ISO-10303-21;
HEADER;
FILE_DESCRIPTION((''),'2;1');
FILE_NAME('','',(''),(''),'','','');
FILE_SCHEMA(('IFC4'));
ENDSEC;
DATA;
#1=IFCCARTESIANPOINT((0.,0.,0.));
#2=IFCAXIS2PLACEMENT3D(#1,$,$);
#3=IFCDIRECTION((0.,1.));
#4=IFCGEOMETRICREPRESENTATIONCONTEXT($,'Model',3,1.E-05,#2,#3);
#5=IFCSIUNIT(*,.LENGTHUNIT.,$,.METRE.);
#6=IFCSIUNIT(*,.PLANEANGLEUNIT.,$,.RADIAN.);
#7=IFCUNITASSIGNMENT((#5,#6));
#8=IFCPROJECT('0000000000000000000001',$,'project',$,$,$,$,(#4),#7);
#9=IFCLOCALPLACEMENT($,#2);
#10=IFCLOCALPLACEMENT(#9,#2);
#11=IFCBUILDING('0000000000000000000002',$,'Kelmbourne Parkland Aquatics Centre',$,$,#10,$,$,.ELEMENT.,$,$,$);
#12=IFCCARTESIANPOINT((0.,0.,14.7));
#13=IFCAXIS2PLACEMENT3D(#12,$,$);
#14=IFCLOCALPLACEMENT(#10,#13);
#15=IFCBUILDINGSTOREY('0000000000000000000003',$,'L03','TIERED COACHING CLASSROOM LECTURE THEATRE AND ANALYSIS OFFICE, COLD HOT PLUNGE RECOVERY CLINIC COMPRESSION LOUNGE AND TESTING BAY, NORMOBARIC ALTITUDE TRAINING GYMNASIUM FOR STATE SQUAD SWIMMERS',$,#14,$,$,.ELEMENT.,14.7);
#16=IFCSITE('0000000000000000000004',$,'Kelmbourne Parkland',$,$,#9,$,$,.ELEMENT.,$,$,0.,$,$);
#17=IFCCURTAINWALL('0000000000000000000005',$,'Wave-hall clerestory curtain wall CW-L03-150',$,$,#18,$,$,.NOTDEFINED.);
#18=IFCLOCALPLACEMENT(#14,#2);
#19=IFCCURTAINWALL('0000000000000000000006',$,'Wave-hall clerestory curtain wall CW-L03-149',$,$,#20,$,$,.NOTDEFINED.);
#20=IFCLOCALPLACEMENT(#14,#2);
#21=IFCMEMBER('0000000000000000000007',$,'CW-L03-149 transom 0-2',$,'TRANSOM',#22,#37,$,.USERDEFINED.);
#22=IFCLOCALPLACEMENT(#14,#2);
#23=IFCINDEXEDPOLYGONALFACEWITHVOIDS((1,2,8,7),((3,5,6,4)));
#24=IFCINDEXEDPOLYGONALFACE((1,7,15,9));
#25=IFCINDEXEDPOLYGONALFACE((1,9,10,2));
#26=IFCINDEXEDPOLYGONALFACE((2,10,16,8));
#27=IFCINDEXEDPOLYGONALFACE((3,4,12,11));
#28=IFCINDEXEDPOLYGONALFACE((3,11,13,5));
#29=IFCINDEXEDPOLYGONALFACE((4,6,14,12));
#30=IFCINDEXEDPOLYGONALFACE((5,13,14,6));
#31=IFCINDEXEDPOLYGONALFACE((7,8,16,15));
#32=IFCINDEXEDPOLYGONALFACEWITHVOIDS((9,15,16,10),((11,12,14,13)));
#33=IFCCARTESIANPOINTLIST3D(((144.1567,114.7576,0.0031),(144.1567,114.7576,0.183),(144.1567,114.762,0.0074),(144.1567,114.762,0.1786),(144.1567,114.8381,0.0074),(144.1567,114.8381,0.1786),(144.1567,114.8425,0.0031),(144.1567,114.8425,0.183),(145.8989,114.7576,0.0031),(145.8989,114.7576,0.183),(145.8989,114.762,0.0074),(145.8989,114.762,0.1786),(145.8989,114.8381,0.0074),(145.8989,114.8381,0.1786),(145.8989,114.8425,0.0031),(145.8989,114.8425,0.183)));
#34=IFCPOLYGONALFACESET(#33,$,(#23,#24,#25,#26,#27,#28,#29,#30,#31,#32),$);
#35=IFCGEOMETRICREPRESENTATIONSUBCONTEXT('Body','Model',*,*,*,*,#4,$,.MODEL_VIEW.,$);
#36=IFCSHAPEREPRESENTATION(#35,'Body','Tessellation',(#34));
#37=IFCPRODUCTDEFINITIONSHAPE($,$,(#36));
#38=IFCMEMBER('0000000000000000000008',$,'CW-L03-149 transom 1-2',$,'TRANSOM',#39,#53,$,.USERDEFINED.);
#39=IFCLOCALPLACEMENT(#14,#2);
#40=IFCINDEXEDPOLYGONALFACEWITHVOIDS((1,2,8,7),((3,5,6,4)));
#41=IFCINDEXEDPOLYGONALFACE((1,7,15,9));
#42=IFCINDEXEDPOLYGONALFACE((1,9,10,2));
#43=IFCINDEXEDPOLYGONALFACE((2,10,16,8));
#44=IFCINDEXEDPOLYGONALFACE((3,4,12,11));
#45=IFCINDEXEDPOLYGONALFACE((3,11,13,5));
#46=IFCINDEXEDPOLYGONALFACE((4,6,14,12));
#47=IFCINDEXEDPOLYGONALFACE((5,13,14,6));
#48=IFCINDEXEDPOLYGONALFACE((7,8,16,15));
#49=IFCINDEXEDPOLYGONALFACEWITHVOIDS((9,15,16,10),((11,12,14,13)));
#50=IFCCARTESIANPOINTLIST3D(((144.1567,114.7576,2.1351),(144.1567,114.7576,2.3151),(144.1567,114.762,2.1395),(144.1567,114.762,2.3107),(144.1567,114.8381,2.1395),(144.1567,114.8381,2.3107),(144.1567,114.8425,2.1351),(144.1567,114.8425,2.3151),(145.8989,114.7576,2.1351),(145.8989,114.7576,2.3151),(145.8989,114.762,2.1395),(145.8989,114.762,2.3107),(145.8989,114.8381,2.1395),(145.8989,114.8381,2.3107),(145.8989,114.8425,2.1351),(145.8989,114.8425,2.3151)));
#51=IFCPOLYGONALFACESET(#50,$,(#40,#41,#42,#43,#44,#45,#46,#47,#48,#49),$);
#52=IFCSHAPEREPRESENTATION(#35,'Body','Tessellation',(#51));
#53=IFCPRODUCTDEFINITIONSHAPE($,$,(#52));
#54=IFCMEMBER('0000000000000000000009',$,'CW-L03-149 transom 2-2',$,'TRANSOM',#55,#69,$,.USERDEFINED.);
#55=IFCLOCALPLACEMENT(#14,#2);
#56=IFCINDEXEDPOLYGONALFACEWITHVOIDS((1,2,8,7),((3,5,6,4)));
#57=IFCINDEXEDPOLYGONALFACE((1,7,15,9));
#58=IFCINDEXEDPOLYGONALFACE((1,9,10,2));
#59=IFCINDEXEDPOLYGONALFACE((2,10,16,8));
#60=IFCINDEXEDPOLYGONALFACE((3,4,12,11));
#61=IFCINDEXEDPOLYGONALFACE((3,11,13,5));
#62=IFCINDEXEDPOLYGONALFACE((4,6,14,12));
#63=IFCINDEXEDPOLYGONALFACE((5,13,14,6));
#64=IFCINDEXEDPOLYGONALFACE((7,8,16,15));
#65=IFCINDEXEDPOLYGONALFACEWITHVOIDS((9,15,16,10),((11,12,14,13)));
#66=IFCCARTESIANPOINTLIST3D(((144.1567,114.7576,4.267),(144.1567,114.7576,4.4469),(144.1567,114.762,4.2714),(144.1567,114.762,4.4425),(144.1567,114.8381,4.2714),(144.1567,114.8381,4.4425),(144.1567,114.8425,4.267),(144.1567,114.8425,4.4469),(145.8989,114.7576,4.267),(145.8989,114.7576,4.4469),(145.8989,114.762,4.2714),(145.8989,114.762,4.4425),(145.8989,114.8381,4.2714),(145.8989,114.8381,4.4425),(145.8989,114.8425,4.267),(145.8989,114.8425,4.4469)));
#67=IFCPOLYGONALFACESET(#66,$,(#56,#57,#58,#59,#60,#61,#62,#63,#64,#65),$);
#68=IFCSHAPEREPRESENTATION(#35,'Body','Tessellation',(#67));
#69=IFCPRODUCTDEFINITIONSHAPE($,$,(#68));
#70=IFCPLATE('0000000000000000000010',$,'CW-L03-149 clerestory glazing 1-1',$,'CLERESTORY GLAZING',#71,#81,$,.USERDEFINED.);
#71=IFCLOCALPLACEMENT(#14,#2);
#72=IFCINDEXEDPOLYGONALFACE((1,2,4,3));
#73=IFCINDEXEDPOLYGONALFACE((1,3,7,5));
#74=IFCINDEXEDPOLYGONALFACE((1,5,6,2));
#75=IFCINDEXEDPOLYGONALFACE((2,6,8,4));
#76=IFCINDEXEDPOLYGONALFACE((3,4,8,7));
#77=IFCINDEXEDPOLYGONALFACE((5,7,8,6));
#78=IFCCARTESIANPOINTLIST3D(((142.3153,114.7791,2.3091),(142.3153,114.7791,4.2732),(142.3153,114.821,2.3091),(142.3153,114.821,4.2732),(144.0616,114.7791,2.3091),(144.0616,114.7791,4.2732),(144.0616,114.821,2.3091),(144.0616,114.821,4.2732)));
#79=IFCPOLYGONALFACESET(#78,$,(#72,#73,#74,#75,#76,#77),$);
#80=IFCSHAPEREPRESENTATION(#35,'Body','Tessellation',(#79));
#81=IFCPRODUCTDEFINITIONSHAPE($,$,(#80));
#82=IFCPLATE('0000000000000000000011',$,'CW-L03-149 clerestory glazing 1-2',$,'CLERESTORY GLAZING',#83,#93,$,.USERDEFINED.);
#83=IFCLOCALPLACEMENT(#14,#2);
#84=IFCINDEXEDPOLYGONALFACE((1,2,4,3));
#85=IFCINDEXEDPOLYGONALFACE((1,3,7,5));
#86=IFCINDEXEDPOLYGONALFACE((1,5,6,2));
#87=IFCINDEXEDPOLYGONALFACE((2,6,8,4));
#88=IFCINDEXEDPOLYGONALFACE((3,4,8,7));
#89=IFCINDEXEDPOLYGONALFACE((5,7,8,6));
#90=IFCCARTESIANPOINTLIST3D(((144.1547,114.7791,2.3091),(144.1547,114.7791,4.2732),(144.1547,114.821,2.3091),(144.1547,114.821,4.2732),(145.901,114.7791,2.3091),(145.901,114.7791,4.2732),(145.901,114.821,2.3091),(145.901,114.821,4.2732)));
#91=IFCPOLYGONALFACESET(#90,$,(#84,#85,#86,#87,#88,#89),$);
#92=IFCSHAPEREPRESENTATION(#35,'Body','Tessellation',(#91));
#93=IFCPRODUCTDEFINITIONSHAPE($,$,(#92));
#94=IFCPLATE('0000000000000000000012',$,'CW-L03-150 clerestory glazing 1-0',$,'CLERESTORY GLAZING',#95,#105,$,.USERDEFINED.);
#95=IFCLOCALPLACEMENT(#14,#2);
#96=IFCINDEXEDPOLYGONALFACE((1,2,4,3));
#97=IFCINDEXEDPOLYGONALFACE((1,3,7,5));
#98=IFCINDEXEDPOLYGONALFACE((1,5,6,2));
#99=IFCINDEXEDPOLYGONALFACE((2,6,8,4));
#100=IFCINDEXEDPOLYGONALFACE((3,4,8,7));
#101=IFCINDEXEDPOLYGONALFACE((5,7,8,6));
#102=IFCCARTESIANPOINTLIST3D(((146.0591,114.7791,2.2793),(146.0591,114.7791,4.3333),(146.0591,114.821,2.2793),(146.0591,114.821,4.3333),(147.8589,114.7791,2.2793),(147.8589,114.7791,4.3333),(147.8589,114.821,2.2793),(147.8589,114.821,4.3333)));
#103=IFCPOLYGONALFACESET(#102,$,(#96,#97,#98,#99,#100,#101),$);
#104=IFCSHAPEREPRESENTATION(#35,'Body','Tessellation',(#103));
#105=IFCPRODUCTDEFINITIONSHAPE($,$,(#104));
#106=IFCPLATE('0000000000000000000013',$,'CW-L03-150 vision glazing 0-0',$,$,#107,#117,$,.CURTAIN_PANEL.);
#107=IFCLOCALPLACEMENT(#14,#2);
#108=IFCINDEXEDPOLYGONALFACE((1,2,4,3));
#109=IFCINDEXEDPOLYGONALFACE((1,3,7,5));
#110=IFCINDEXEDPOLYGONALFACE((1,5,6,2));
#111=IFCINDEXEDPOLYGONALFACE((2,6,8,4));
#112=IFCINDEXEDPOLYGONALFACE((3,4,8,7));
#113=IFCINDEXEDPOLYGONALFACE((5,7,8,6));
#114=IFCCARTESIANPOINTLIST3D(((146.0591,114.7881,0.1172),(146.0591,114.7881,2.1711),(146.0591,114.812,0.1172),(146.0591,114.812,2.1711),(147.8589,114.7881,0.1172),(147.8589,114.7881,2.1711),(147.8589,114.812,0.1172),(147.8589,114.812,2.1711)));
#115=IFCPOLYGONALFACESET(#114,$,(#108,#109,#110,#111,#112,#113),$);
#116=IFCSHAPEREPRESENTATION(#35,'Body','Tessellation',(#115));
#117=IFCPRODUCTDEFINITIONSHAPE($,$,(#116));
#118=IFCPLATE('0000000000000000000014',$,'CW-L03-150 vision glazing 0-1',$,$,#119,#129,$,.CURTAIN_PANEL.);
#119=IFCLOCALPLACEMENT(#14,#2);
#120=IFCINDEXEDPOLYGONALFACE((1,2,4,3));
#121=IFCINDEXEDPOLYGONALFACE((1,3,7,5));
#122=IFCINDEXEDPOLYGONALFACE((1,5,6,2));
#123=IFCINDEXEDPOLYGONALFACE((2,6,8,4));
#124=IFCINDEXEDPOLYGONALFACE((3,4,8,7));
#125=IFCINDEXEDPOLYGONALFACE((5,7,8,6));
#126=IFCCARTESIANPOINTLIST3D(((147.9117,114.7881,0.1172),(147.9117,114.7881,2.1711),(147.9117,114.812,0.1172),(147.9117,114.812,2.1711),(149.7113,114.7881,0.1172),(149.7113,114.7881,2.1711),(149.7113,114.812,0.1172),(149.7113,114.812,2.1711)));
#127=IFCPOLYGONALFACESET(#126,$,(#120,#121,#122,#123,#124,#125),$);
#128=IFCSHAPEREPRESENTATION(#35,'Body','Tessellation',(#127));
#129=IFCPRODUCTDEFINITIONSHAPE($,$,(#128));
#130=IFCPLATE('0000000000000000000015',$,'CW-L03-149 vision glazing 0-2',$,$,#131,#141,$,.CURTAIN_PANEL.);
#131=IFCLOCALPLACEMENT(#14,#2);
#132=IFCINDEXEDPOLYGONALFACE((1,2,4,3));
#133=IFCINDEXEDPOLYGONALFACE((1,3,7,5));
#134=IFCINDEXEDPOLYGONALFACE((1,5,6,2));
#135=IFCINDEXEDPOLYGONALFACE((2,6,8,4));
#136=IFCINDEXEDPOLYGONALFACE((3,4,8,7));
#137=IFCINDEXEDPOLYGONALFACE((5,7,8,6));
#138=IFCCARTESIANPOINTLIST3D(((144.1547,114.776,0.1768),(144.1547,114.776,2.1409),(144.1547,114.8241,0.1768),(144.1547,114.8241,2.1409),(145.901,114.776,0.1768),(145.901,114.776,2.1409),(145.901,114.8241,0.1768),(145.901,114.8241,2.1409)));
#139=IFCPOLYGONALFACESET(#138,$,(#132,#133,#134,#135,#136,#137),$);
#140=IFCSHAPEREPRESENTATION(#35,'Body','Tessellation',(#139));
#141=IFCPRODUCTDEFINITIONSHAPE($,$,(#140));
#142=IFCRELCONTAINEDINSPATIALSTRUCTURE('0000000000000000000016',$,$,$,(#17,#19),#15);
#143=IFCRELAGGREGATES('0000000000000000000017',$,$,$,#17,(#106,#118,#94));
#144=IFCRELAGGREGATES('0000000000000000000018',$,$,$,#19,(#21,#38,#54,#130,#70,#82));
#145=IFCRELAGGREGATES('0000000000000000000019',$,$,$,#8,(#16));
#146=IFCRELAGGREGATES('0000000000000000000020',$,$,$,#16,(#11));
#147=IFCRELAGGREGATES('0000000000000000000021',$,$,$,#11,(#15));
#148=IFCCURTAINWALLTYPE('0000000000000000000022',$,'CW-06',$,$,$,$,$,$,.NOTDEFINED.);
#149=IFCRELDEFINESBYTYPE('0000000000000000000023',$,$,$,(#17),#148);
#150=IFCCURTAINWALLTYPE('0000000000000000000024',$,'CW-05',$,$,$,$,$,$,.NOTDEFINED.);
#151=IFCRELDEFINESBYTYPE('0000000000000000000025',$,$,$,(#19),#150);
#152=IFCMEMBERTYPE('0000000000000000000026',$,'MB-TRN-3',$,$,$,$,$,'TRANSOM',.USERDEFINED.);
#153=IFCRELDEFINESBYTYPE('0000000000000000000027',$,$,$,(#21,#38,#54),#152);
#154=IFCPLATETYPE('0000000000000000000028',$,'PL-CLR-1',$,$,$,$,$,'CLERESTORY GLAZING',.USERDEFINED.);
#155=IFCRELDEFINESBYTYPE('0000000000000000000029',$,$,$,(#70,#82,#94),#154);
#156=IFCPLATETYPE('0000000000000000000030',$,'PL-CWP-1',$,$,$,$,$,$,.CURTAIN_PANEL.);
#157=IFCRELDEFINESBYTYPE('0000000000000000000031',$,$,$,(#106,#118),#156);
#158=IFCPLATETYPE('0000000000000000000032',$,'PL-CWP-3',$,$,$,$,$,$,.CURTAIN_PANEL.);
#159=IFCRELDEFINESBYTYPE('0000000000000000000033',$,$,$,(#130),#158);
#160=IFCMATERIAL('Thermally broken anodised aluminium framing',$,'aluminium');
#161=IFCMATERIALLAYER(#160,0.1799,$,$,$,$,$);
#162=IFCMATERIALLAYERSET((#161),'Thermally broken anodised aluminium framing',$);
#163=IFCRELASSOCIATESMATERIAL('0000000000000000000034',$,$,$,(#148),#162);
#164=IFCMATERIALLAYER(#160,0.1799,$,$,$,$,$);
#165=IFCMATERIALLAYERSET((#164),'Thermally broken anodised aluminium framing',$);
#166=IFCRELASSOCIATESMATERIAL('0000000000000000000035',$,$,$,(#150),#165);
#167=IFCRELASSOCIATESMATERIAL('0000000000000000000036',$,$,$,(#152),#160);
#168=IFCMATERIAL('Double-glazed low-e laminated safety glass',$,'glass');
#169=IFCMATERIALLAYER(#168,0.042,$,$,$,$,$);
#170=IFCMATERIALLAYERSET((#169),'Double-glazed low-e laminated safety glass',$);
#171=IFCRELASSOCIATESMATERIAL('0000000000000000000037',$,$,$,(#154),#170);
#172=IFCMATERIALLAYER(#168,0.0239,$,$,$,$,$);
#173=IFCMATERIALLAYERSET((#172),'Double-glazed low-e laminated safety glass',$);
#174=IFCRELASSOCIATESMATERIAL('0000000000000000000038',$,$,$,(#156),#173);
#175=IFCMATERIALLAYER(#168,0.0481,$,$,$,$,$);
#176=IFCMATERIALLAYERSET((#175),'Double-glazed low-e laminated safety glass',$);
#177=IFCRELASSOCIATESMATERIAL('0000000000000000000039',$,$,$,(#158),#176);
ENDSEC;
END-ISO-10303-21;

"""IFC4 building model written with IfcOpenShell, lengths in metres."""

from ifc_helpers import new_model, si_unit, direction, frame, origin, origin_2d, place, context, subcontext, project, spatial, rectangle, hollow_rectangle, extrude, material, layer, layer_set, material_profile, profile_set, type_object, element, aggregate, save


model = new_model("IFC4")

# Units and contexts
model_context = context("Model", 3, precision=1e-05, world=origin(), true_north=direction((0.0, 1.0)))
body_context = subcontext(model_context, "Body", "Model", "MODEL_VIEW")
ifc_project = project(units=[si_unit("LENGTHUNIT", "METRE"), si_unit("PLANEANGLEUNIT", "RADIAN")], contexts=[model_context])

# Site, building, storey
site_placement = place(None, origin())
site = spatial("IfcSite", under=ifc_project, at=site_placement, Name="Kelmbourne Parkland", CompositionType="ELEMENT", RefElevation=0.0)
building_placement = place(site_placement, origin())
building = spatial("IfcBuilding", under=site, at=building_placement, Name="Kelmbourne Parkland Aquatics Centre", CompositionType="ELEMENT")
storey_placement = place(building_placement, frame((0.0, 0.0, 14.7)))
storey = spatial("IfcBuildingStorey", under=building, at=storey_placement, Name="L03", Description="TIERED COACHING CLASSROOM LECTURE THEATRE AND ANALYSIS OFFICE, COLD HOT PLUNGE RECOVERY CLINIC COMPRESSION LOUNGE AND TESTING BAY, NORMOBARIC ALTITUDE TRAINING GYMNASIUM FOR STATE SQUAD SWIMMERS", CompositionType="ELEMENT", Elevation=14.7)

# Curtain walls
ifc_material_1 = material(Name="Thermally broken anodised aluminium framing", Category="aluminium")
ifc_layer_1 = layer(ifc_material_1, 0.1799)
ifc_layer_set_1 = layer_set([ifc_layer_1], Name="Thermally broken anodised aluminium framing")
curtain_wall_type_1 = type_object("IfcCurtainWallType", Name="CW-06", PredefinedType="NOTDEFINED", material=ifc_layer_set_1)
curtain_wall_1_placement = place(storey_placement, origin())
curtain_wall_1 = element("IfcCurtainWall", 1, at=curtain_wall_1_placement, inside=storey, type_object=curtain_wall_type_1, Name="Wave-hall clerestory curtain wall CW-L03-150", PredefinedType="NOTDEFINED")
ifc_layer_2 = layer(ifc_material_1, 0.1799)
ifc_layer_set_2 = layer_set([ifc_layer_2], Name="Thermally broken anodised aluminium framing")
curtain_wall_type_2 = type_object("IfcCurtainWallType", Name="CW-05", PredefinedType="NOTDEFINED", material=ifc_layer_set_2)
curtain_wall_2_placement = place(storey_placement, origin())
curtain_wall_2 = element("IfcCurtainWall", 2, at=curtain_wall_2_placement, inside=storey, type_object=curtain_wall_type_2, Name="Wave-hall clerestory curtain wall CW-L03-149", PredefinedType="NOTDEFINED")

# Members
ifc_material_profile_1 = material_profile(ifc_material_1, hollow_rectangle(XDim=0.085, YDim=0.1799, WallThickness=0.0044, at=origin_2d()), Name="CW-T 85x180")
ifc_profile_set_1 = profile_set([ifc_material_profile_1], Name="Thermally broken anodised aluminium framing")
member_type_1 = type_object("IfcMemberType", Name="MB-TRN-3", ElementType="TRANSOM", PredefinedType="USERDEFINED", material=ifc_profile_set_1)
member_1_placement = place(storey_placement, frame((144.1567, 114.8, 0.093), z_axis=(1.0, 0.0, 0.0), x_axis=(0.0, 1.0, 0.0)))
member_1 = element("IfcMember", 3, at=member_1_placement, type_object=member_type_1, Name="CW-L03-149 transom 0-2", ObjectType="TRANSOM", PredefinedType="USERDEFINED", context=body_context, shape_type="SweptSolid", body=[
    extrude(hollow_rectangle(XDim=0.085, YDim=0.1799, WallThickness=0.0044, at=origin_2d()), origin(), (0.0, 0.0, 1.0), 1.7422),
])
member_2_placement = place(storey_placement, frame((144.1567, 114.8, 2.2251), z_axis=(1.0, 0.0, 0.0), x_axis=(0.0, 1.0, 0.0)))
member_2 = element("IfcMember", 4, at=member_2_placement, type_object=member_type_1, Name="CW-L03-149 transom 1-2", ObjectType="TRANSOM", PredefinedType="USERDEFINED", context=body_context, shape_type="SweptSolid", body=[
    extrude(hollow_rectangle(XDim=0.085, YDim=0.1799, WallThickness=0.0044, at=origin_2d()), origin(), (0.0, 0.0, 1.0), 1.7422),
])
member_3_placement = place(storey_placement, frame((144.1567, 114.8, 4.3569), z_axis=(1.0, 0.0, 0.0), x_axis=(0.0, 1.0, 0.0)))
member_3 = element("IfcMember", 5, at=member_3_placement, type_object=member_type_1, Name="CW-L03-149 transom 2-2", ObjectType="TRANSOM", PredefinedType="USERDEFINED", context=body_context, shape_type="SweptSolid", body=[
    extrude(hollow_rectangle(XDim=0.085, YDim=0.1799, WallThickness=0.0044, at=origin_2d()), origin(), (0.0, 0.0, 1.0), 1.7422),
])

# Plates
ifc_material_2 = material(Name="Double-glazed low-e laminated safety glass", Category="glass")
ifc_layer_3 = layer(ifc_material_2, 0.042)
ifc_layer_set_3 = layer_set([ifc_layer_3], Name="Double-glazed low-e laminated safety glass")
plate_type_1 = type_object("IfcPlateType", Name="PL-CLR-1", ElementType="CLERESTORY GLAZING", PredefinedType="USERDEFINED", material=ifc_layer_set_3)
plate_1_placement = place(storey_placement, frame((143.1885, 114.8, 2.3091), z_axis=(0.0, 0.0, 1.0), x_axis=(1.0, 0.0, 0.0)))
plate_1 = element("IfcPlate", 6, at=plate_1_placement, type_object=plate_type_1, Name="CW-L03-149 clerestory glazing 1-1", ObjectType="CLERESTORY GLAZING", PredefinedType="USERDEFINED", context=body_context, shape_type="SweptSolid", body=[
    extrude(rectangle(XDim=1.7463, YDim=0.042, at=origin_2d()), origin(), (0.0, 0.0, 1.0), 1.9641),
])
plate_2_placement = place(storey_placement, frame((145.0278, 114.8, 2.3091), z_axis=(0.0, 0.0, 1.0), x_axis=(1.0, 0.0, 0.0)))
plate_2 = element("IfcPlate", 7, at=plate_2_placement, type_object=plate_type_1, Name="CW-L03-149 clerestory glazing 1-2", ObjectType="CLERESTORY GLAZING", PredefinedType="USERDEFINED", context=body_context, shape_type="SweptSolid", body=[
    extrude(rectangle(XDim=1.7463, YDim=0.042, at=origin_2d()), origin(), (0.0, 0.0, 1.0), 1.9641),
])
plate_3_placement = place(storey_placement, frame((146.959, 114.8, 2.2793), z_axis=(0.0, 0.0, 1.0), x_axis=(1.0, 0.0, 0.0)))
plate_3 = element("IfcPlate", 8, at=plate_3_placement, type_object=plate_type_1, Name="CW-L03-150 clerestory glazing 1-0", ObjectType="CLERESTORY GLAZING", PredefinedType="USERDEFINED", context=body_context, shape_type="SweptSolid", body=[
    extrude(rectangle(XDim=1.7998, YDim=0.042, at=origin_2d()), origin(), (0.0, 0.0, 1.0), 2.054),
])
ifc_layer_4 = layer(ifc_material_2, 0.0239)
ifc_layer_set_4 = layer_set([ifc_layer_4], Name="Double-glazed low-e laminated safety glass")
plate_type_2 = type_object("IfcPlateType", Name="PL-CWP-1", PredefinedType="CURTAIN_PANEL", material=ifc_layer_set_4)
plate_4_placement = place(storey_placement, frame((146.959, 114.8, 0.1172), z_axis=(0.0, 0.0, 1.0), x_axis=(1.0, 0.0, 0.0)))
plate_4 = element("IfcPlate", 9, at=plate_4_placement, type_object=plate_type_2, Name="CW-L03-150 vision glazing 0-0", PredefinedType="CURTAIN_PANEL", context=body_context, shape_type="SweptSolid", body=[
    extrude(rectangle(XDim=1.7998, YDim=0.0239, at=origin_2d()), origin(), (0.0, 0.0, 1.0), 2.054),
])
plate_5_placement = place(storey_placement, frame((148.8115, 114.8, 0.1172), z_axis=(0.0, 0.0, 1.0), x_axis=(1.0, 0.0, 0.0)))
plate_5 = element("IfcPlate", 10, at=plate_5_placement, type_object=plate_type_2, Name="CW-L03-150 vision glazing 0-1", PredefinedType="CURTAIN_PANEL", context=body_context, shape_type="SweptSolid", body=[
    extrude(rectangle(XDim=1.7996, YDim=0.0239, at=origin_2d()), origin(), (0.0, 0.0, 1.0), 2.054),
])
aggregate(curtain_wall_1, [plate_4, plate_5, plate_3])
ifc_layer_5 = layer(ifc_material_2, 0.0481)
ifc_layer_set_5 = layer_set([ifc_layer_5], Name="Double-glazed low-e laminated safety glass")
plate_type_3 = type_object("IfcPlateType", Name="PL-CWP-3", PredefinedType="CURTAIN_PANEL", material=ifc_layer_set_5)
plate_6_placement = place(storey_placement, frame((145.0278, 114.8, 0.1768), z_axis=(0.0, 0.0, 1.0), x_axis=(1.0, 0.0, 0.0)))
plate_6 = element("IfcPlate", 11, at=plate_6_placement, type_object=plate_type_3, Name="CW-L03-149 vision glazing 0-2", PredefinedType="CURTAIN_PANEL", context=body_context, shape_type="SweptSolid", body=[
    extrude(rectangle(XDim=1.7463, YDim=0.0481, at=origin_2d()), origin(), (0.0, 0.0, 1.0), 1.9641),
])
aggregate(curtain_wall_2, [member_1, member_2, member_3, plate_6, plate_1, plate_2])

save(model, "model.ifc")
